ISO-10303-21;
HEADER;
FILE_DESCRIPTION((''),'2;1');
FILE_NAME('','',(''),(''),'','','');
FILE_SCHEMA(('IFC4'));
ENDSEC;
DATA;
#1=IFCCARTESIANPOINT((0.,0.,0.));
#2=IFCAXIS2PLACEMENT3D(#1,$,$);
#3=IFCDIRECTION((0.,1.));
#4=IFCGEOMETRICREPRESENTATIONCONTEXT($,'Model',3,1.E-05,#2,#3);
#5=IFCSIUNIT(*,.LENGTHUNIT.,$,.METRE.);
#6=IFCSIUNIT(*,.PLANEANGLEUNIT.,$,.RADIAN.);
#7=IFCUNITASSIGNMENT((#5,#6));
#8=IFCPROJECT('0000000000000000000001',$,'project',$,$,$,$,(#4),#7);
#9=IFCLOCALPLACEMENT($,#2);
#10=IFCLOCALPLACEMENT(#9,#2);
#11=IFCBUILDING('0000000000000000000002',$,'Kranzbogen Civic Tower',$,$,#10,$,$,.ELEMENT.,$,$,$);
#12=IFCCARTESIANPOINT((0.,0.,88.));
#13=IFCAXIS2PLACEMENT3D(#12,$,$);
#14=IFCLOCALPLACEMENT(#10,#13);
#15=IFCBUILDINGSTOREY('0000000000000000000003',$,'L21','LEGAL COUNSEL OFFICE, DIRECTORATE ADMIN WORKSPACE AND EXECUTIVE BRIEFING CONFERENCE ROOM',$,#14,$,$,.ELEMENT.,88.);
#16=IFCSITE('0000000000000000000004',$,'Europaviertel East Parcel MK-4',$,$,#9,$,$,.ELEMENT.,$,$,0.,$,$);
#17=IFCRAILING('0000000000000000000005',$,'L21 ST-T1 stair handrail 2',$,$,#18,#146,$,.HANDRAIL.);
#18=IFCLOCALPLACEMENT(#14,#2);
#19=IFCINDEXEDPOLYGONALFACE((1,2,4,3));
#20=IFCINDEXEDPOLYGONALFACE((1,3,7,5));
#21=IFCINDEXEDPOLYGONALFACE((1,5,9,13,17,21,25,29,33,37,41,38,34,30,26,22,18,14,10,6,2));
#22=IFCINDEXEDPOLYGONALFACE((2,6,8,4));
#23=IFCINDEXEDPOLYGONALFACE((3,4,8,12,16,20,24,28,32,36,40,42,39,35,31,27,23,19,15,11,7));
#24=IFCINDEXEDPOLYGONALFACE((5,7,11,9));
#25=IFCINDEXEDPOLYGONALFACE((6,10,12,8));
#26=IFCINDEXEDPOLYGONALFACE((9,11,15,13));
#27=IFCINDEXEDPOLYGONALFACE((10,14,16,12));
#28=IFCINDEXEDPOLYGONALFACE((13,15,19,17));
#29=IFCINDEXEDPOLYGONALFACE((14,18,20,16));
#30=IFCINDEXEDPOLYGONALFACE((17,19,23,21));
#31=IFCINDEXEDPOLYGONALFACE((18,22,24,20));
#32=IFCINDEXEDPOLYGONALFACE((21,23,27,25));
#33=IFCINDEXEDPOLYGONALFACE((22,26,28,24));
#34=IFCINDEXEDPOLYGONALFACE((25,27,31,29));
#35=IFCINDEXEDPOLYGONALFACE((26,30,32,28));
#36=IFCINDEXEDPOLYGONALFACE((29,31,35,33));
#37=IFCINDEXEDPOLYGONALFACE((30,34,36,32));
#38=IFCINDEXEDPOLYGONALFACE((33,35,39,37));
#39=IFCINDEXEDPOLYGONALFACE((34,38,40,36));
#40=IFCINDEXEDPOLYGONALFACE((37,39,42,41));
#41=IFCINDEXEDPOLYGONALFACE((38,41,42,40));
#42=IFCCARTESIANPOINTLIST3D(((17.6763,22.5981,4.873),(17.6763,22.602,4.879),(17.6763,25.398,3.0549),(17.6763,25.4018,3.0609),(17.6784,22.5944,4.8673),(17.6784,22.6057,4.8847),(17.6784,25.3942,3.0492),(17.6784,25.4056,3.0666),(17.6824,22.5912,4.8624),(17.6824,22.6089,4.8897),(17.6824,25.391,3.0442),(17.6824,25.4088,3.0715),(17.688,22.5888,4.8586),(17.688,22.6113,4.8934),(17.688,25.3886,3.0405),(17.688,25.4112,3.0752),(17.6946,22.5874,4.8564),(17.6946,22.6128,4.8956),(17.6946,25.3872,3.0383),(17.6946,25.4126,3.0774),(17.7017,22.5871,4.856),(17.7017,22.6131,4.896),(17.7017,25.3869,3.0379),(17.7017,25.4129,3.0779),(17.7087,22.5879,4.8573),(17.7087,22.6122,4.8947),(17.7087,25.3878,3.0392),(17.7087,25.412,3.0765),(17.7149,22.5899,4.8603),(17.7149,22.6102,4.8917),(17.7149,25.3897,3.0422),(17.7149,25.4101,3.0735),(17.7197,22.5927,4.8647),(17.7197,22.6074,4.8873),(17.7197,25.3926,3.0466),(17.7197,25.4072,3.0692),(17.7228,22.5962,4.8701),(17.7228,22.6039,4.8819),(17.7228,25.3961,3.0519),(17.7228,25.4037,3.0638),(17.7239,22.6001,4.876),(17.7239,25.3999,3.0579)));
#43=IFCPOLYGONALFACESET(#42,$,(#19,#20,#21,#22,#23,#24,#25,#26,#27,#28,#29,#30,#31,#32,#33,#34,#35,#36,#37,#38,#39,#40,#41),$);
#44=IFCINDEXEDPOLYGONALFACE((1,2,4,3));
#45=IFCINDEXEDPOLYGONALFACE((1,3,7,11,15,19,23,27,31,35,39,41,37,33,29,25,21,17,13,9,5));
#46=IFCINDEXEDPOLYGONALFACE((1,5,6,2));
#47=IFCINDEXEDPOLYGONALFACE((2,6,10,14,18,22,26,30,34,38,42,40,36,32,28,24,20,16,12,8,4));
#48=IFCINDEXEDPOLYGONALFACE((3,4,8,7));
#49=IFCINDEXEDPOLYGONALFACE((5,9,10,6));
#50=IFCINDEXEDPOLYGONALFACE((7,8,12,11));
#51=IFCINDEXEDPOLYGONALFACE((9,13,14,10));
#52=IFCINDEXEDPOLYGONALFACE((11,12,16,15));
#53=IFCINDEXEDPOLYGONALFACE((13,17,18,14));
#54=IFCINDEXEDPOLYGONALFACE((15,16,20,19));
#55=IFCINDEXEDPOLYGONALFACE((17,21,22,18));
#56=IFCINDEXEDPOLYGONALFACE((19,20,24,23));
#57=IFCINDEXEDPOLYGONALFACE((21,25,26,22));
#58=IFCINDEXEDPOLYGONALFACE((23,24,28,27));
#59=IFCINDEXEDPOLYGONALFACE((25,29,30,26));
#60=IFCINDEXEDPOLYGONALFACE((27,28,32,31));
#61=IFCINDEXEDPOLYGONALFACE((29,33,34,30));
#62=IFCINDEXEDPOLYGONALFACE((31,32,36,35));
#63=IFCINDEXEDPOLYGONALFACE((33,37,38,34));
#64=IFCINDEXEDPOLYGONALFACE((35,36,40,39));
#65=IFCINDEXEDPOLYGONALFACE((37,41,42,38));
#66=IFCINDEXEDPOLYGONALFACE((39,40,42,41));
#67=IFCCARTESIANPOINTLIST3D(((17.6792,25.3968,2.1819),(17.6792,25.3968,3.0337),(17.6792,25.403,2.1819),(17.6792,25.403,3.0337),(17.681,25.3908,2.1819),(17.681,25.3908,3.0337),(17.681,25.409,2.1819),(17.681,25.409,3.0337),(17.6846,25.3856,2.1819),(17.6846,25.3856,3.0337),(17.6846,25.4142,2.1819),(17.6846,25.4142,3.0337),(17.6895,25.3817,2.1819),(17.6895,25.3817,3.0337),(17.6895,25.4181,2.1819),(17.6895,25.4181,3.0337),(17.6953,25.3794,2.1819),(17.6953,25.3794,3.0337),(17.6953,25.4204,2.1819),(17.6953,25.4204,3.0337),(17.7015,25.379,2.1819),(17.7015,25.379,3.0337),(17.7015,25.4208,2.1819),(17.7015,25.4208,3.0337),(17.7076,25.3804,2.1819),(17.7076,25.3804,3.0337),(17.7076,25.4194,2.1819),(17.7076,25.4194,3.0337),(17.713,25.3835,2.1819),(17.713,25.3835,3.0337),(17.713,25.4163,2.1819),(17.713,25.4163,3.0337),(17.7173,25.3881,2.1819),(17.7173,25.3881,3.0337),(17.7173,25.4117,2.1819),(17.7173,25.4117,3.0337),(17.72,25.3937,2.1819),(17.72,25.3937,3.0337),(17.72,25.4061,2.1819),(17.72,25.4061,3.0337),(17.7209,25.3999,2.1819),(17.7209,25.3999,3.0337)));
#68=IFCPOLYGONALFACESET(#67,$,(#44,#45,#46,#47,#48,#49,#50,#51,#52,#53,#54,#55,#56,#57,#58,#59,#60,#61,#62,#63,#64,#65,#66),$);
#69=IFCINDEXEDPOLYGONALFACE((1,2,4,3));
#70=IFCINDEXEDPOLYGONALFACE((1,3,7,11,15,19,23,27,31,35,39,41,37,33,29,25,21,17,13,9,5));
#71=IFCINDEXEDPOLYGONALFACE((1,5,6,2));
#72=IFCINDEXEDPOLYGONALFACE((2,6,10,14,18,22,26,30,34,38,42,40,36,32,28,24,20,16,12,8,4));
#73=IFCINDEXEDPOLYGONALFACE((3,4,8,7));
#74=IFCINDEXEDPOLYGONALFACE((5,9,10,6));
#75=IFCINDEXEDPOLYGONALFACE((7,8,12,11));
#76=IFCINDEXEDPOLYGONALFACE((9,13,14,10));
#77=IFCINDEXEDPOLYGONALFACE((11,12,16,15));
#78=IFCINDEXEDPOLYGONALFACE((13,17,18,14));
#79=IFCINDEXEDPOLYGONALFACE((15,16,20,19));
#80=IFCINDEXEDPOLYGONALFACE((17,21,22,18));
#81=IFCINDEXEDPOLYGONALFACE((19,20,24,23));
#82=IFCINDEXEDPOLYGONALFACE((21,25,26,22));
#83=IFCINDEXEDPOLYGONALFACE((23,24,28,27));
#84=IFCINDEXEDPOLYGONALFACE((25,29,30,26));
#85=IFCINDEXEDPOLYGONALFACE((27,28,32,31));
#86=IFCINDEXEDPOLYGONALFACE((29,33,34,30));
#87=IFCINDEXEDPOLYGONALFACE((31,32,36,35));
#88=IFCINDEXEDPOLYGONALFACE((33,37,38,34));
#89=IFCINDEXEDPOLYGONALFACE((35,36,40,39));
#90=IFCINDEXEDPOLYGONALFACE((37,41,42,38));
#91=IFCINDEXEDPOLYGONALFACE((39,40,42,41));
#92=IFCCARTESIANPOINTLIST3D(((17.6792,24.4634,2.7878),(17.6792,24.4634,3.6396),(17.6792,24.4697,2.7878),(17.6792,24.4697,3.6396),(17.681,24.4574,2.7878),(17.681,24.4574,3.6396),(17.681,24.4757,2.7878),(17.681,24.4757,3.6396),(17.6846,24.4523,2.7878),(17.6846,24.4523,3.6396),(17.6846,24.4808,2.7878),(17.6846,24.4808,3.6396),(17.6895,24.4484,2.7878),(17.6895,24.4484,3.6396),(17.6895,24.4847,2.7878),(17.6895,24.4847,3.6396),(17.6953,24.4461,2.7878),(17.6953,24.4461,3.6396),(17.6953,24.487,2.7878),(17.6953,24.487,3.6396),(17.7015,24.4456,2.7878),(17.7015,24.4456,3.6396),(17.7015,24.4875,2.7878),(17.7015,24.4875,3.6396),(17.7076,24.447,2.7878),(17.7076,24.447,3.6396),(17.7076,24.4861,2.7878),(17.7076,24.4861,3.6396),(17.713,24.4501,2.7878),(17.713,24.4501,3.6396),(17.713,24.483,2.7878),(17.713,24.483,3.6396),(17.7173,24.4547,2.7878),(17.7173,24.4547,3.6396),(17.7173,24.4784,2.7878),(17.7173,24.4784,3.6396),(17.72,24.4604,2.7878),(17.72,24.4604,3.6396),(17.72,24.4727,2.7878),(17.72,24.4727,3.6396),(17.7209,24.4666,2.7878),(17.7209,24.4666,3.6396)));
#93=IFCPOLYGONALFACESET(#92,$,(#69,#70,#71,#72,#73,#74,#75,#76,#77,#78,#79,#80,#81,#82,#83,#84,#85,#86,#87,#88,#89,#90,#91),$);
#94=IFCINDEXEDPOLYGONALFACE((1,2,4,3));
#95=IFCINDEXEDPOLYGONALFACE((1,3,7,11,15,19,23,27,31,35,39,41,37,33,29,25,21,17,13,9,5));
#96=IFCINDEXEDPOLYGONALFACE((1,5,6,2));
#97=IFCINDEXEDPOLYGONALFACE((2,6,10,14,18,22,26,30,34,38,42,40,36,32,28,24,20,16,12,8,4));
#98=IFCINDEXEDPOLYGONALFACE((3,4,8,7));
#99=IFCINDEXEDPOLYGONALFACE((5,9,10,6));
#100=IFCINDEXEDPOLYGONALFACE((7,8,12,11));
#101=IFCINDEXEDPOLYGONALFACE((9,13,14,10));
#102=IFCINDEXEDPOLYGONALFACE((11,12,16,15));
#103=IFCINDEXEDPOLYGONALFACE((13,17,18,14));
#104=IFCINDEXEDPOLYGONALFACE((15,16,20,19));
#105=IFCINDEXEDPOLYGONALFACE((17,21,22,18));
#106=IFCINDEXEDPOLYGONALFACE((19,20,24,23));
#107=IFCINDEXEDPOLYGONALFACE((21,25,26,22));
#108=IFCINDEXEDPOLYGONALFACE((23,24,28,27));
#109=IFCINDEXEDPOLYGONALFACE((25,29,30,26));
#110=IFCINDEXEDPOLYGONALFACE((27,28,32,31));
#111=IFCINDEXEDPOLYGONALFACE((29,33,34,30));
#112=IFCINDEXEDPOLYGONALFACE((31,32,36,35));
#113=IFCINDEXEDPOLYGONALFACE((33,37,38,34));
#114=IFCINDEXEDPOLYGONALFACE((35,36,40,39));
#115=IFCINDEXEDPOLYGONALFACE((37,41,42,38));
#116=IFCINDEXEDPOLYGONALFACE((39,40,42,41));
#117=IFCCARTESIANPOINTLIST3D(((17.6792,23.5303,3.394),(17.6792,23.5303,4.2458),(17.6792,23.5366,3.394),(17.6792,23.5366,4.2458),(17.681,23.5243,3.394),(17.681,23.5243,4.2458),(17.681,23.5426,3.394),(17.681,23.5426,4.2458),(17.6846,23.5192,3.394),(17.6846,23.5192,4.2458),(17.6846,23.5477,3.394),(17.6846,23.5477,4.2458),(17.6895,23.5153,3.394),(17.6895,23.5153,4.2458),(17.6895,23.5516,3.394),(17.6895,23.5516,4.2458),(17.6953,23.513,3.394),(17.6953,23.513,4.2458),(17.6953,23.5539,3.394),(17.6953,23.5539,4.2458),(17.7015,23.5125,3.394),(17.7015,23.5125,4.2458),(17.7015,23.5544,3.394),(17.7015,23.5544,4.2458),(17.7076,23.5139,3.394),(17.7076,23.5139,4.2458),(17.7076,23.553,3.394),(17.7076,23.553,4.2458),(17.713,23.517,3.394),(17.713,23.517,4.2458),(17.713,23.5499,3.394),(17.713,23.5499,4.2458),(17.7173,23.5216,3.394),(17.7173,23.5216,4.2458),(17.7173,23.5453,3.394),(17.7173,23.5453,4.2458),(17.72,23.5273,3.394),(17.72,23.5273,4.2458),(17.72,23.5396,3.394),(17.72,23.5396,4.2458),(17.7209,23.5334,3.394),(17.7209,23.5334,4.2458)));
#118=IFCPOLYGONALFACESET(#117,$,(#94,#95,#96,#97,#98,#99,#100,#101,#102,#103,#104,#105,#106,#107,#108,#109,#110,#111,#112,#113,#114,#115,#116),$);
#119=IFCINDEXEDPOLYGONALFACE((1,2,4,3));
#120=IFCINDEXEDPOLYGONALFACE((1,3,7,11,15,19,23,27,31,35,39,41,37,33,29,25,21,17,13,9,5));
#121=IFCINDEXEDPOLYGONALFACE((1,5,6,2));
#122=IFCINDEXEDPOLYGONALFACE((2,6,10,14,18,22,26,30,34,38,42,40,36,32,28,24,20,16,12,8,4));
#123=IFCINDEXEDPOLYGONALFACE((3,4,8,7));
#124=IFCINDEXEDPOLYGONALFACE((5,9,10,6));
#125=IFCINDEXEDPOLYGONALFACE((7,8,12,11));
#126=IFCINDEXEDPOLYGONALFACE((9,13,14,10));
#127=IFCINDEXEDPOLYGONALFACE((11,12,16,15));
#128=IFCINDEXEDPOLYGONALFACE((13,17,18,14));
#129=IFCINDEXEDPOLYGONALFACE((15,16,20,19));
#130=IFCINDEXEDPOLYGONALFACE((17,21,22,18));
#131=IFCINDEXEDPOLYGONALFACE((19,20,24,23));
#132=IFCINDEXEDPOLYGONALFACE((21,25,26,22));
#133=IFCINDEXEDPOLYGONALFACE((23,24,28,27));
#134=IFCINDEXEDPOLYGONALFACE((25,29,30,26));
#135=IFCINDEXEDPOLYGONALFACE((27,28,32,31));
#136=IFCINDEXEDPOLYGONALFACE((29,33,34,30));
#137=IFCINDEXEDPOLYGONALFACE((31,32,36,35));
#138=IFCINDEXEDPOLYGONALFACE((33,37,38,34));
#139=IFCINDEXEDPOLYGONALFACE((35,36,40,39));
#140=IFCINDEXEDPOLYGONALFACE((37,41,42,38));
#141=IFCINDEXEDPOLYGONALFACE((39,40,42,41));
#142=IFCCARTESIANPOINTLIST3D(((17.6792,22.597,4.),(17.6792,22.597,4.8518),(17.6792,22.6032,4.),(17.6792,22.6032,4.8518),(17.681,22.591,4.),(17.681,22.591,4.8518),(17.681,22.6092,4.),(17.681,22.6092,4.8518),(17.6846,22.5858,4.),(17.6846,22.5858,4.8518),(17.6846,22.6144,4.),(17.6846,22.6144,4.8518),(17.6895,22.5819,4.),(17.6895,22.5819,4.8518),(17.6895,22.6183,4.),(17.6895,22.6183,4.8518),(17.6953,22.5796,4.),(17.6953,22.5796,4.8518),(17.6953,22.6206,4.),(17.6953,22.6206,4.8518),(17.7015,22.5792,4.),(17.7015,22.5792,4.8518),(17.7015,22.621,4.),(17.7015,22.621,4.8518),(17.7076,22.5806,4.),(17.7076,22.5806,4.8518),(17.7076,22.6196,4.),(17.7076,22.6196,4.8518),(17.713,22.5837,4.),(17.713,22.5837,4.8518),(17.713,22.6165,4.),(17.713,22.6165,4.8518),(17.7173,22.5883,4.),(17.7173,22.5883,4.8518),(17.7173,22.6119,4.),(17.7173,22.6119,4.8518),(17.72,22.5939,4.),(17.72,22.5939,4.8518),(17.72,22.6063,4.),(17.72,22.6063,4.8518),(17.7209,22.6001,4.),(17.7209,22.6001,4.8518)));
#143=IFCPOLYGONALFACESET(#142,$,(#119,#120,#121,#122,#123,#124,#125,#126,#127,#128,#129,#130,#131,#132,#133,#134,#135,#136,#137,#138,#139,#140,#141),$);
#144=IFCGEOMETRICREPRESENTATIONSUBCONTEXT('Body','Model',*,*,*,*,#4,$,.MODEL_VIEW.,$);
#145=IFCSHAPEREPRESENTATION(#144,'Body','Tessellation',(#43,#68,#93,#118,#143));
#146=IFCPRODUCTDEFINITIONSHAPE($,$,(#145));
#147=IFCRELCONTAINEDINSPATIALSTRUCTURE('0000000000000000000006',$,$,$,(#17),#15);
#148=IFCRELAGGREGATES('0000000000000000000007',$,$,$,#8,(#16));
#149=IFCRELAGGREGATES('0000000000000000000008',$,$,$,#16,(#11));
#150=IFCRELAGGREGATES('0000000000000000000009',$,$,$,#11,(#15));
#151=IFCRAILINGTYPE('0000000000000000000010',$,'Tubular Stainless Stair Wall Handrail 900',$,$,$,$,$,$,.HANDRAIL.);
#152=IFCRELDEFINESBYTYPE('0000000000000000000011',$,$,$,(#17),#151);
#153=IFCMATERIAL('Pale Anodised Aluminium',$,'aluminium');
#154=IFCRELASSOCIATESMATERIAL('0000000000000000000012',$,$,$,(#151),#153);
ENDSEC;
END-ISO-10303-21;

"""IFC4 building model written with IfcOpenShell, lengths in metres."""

from ifc_helpers import new_model, si_unit, direction, frame, origin, origin_2d, place, context, subcontext, project, spatial, circle, extrude, material, type_object, element, save


model = new_model("IFC4")

# Units and contexts
model_context = context("Model", 3, precision=1e-05, world=origin(), true_north=direction((0.0, 1.0)))
body_context = subcontext(model_context, "Body", "Model", "MODEL_VIEW")
ifc_project = project(units=[si_unit("LENGTHUNIT", "METRE"), si_unit("PLANEANGLEUNIT", "RADIAN")], contexts=[model_context])

# Site, building, storey
site_placement = place(None, origin())
site = spatial("IfcSite", under=ifc_project, at=site_placement, Name="Europaviertel East Parcel MK-4", CompositionType="ELEMENT", RefElevation=0.0)
building_placement = place(site_placement, origin())
building = spatial("IfcBuilding", under=site, at=building_placement, Name="Kranzbogen Civic Tower", CompositionType="ELEMENT")
storey_placement = place(building_placement, frame((0.0, 0.0, 88.0)))
storey = spatial("IfcBuildingStorey", under=building, at=storey_placement, Name="L21", Description="LEGAL COUNSEL OFFICE, DIRECTORATE ADMIN WORKSPACE AND EXECUTIVE BRIEFING CONFERENCE ROOM", CompositionType="ELEMENT", Elevation=88.0)

# Shared definitions
ifc_material_1 = material(Name="Pale Anodised Aluminium", Category="aluminium")

# Railing
railing_type_1 = type_object("IfcRailingType", Name="Tubular Stainless Stair Wall Handrail 900", PredefinedType="HANDRAIL", material=ifc_material_1)
railing_1_placement = place(storey_placement, frame((17.7, 25.3999, 2.1819)))
element("IfcRailing", 1, at=railing_1_placement, inside=storey, type_object=railing_type_1, Name="L21 ST-T1 stair handrail 2", PredefinedType="HANDRAIL", context=body_context, shape_type="SweptSolid", body=[
    extrude(circle(Radius=0.0239, at=origin_2d()), frame((0.0, 0.0, 0.876), z_axis=(0.0, -0.838684, 0.544618), x_axis=(1.0, 0.0, 0.0)), (0.0, 0.0, 1.0), 3.3384),
    extrude(circle(Radius=0.021, at=origin_2d()), origin(), (0.0, 0.0, 1.0), 0.8518),
    extrude(circle(Radius=0.021, at=origin_2d()), frame((0.0, -0.9333, 0.606)), (0.0, 0.0, 1.0), 0.8518),
    extrude(circle(Radius=0.021, at=origin_2d()), frame((0.0, -1.8665, 1.2122)), (0.0, 0.0, 1.0), 0.8518),
    extrude(circle(Radius=0.021, at=origin_2d()), frame((0.0, -2.7998, 1.8181)), (0.0, 0.0, 1.0), 0.8518),
])

save(model, "model.ifc")
